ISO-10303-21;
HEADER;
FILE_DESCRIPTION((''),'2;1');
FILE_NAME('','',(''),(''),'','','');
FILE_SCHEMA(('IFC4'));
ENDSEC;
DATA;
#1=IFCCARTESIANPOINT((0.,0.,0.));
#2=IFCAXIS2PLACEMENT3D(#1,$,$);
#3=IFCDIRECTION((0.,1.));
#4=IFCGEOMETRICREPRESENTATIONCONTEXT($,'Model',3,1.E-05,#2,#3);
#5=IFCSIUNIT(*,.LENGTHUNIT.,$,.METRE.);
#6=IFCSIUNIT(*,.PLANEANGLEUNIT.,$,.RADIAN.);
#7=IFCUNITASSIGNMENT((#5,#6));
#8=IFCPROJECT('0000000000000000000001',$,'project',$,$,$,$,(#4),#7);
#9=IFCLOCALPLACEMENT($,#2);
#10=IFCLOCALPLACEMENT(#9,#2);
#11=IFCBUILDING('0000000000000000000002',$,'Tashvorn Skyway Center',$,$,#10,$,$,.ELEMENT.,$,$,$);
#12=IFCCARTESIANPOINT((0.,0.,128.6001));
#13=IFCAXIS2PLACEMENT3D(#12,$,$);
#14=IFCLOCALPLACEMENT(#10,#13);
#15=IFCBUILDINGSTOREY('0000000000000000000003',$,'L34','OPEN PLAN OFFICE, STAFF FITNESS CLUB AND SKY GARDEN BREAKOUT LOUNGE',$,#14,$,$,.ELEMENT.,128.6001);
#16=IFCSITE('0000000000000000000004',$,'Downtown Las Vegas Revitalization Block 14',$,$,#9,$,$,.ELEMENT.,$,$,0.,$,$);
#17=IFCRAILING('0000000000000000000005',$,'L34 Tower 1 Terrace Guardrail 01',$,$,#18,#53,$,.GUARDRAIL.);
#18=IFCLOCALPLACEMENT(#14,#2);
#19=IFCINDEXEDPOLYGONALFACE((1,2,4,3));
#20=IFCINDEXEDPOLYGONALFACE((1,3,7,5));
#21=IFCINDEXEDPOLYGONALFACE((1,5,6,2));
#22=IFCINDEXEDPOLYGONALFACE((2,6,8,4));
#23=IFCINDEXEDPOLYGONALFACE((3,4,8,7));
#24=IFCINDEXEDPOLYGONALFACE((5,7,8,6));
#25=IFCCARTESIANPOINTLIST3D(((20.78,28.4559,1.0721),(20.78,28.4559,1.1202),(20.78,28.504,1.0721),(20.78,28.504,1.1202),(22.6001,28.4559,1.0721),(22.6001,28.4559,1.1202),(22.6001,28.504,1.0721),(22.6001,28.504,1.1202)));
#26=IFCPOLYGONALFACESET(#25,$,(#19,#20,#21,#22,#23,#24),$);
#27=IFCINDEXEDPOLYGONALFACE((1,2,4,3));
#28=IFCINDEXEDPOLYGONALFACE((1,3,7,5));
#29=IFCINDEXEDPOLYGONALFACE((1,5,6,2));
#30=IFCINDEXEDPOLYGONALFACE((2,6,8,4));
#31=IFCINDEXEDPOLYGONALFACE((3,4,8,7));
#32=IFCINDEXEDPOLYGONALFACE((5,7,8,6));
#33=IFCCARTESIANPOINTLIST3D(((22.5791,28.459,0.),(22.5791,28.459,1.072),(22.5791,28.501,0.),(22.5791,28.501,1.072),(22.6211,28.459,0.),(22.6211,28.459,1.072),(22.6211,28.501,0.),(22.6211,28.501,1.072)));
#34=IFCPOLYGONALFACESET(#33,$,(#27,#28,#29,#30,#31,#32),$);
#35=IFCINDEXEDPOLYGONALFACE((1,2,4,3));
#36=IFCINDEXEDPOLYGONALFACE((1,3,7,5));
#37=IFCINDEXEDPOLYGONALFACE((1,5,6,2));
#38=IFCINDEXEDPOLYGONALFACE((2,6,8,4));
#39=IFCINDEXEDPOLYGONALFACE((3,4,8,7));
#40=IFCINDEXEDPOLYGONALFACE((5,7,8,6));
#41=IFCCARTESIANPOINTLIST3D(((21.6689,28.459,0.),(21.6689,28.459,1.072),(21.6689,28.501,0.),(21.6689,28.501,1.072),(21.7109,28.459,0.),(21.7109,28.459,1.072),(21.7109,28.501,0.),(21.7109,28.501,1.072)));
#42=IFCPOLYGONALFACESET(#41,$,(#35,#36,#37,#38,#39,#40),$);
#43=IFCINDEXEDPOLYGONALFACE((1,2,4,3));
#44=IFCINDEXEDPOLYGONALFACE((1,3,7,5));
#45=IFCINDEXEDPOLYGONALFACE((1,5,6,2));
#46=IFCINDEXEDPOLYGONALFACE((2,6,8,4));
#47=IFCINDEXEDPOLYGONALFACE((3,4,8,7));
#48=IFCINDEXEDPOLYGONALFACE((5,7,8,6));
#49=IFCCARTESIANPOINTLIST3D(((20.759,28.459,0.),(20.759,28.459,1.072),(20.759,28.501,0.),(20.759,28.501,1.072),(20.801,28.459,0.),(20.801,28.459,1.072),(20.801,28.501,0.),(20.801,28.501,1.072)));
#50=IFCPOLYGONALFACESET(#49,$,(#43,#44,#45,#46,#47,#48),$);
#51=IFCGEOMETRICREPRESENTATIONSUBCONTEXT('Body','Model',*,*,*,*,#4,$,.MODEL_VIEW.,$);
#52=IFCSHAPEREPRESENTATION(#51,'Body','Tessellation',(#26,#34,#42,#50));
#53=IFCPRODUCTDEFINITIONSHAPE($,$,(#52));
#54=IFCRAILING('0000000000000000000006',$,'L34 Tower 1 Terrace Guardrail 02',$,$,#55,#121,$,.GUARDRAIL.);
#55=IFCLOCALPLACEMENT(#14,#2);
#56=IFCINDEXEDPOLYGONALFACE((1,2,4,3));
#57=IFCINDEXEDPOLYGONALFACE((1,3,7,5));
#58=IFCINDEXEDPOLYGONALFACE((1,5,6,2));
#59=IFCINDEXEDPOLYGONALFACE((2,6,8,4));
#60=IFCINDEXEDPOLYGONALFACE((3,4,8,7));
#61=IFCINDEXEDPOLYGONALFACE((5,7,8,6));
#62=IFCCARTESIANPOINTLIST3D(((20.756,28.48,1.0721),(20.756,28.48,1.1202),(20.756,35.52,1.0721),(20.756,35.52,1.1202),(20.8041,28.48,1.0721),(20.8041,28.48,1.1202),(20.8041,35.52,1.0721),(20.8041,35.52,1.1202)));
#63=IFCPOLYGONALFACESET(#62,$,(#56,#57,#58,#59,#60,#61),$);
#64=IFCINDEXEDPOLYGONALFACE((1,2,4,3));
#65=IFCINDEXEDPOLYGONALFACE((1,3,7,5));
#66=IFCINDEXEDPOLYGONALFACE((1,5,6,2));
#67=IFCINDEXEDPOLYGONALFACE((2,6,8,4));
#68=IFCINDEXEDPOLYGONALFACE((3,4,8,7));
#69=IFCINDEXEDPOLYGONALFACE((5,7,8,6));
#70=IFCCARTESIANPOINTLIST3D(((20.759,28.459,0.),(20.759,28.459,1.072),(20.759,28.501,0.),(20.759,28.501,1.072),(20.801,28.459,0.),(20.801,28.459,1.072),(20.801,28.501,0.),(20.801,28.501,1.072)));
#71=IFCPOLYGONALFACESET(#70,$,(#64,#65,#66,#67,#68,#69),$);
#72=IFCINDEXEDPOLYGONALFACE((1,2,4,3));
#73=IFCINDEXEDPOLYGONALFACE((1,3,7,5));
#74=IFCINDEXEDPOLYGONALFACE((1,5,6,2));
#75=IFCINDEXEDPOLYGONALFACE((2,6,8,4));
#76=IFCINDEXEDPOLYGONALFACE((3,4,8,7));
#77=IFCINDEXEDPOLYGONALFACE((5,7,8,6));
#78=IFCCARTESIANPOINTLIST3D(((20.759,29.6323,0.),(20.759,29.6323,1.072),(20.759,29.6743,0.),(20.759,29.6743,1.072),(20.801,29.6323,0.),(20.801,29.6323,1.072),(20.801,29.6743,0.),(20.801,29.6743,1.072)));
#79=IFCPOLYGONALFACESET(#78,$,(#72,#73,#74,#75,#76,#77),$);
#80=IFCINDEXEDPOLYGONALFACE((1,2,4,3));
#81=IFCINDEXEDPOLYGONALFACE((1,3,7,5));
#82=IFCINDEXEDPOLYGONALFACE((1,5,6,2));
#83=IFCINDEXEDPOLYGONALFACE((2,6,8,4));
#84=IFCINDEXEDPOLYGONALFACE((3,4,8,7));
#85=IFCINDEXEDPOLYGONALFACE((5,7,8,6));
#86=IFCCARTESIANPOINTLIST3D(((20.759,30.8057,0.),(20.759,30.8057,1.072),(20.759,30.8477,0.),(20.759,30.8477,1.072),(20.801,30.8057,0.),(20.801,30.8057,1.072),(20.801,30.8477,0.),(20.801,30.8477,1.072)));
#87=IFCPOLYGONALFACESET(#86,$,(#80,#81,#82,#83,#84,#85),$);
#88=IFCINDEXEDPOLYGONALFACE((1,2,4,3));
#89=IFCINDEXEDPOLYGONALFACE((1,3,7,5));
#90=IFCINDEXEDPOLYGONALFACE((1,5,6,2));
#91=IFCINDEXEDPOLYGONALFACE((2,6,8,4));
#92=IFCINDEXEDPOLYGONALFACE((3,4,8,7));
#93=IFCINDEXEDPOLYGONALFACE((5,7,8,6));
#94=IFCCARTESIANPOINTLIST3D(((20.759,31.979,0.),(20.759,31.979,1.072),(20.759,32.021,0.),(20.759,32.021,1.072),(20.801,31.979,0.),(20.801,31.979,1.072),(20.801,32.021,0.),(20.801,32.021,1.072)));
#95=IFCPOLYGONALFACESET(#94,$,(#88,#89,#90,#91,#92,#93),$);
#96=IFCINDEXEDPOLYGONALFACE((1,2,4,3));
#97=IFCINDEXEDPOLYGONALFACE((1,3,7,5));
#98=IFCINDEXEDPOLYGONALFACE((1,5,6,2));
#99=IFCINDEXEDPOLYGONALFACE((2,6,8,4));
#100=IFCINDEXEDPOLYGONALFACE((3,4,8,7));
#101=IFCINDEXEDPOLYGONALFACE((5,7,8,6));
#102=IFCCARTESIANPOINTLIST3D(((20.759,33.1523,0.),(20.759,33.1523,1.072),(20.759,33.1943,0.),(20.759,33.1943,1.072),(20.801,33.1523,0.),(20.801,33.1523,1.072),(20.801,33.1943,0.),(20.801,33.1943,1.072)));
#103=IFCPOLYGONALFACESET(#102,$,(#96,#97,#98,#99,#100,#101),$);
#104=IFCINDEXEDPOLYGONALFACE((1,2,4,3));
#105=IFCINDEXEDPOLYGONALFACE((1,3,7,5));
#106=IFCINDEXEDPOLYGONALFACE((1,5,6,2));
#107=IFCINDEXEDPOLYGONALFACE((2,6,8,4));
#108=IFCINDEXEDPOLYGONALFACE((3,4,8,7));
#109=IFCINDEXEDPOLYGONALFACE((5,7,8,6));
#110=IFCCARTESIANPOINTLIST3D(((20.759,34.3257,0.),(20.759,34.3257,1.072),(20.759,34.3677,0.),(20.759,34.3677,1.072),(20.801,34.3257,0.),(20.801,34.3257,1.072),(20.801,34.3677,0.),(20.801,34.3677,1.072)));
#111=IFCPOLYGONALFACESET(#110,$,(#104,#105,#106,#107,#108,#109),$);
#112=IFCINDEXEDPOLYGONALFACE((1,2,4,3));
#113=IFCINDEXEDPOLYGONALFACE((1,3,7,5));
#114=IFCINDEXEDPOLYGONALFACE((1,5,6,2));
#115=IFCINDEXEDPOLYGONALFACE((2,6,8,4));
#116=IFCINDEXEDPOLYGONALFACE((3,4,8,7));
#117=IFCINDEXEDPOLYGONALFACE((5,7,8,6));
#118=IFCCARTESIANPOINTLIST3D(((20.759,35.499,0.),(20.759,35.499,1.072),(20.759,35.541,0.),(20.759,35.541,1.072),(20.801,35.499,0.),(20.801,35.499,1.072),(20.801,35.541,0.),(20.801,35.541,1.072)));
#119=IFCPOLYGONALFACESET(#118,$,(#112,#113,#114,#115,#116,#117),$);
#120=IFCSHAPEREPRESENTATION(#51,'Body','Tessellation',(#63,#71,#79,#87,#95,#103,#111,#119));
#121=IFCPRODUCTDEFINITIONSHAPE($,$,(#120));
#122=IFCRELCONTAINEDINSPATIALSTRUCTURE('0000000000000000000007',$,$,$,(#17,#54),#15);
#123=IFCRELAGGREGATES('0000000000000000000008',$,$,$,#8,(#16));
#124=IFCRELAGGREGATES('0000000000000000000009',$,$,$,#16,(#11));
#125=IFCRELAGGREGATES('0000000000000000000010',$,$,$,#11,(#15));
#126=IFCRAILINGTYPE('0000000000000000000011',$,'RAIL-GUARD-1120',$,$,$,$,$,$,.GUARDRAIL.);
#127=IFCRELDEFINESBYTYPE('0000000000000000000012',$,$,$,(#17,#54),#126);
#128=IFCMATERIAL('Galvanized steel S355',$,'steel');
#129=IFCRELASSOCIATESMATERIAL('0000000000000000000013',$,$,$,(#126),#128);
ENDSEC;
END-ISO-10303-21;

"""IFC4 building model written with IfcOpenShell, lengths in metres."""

from ifc_helpers import new_model, si_unit, direction, frame, origin, origin_2d, place, context, subcontext, project, spatial, rectangle, extrude, material, type_object, element, save


model = new_model("IFC4")

# Units and contexts
model_context = context("Model", 3, precision=1e-05, world=origin(), true_north=direction((0.0, 1.0)))
body_context = subcontext(model_context, "Body", "Model", "MODEL_VIEW")
ifc_project = project(units=[si_unit("LENGTHUNIT", "METRE"), si_unit("PLANEANGLEUNIT", "RADIAN")], contexts=[model_context])

# Site, building, storey
site_placement = place(None, origin())
site = spatial("IfcSite", under=ifc_project, at=site_placement, Name="Downtown Las Vegas Revitalization Block 14", CompositionType="ELEMENT", RefElevation=0.0)
building_placement = place(site_placement, origin())
building = spatial("IfcBuilding", under=site, at=building_placement, Name="Tashvorn Skyway Center", CompositionType="ELEMENT")
storey_placement = place(building_placement, frame((0.0, 0.0, 128.6001)))
storey = spatial("IfcBuildingStorey", under=building, at=storey_placement, Name="L34", Description="OPEN PLAN OFFICE, STAFF FITNESS CLUB AND SKY GARDEN BREAKOUT LOUNGE", CompositionType="ELEMENT", Elevation=128.6001)

# Railings
ifc_material_1 = material(Name="Galvanized steel S355", Category="steel")
railing_type = type_object("IfcRailingType", Name="RAIL-GUARD-1120", PredefinedType="GUARDRAIL", material=ifc_material_1)
railing_1_placement = place(storey_placement, frame((22.6001, 28.48, 0.0)))
element("IfcRailing", 1, at=railing_1_placement, inside=storey, type_object=railing_type, Name="L34 Tower 1 Terrace Guardrail 01", PredefinedType="GUARDRAIL", context=body_context, shape_type="SweptSolid", body=[
    extrude(rectangle(XDim=0.0481, YDim=0.0481, at=origin_2d()), frame((0.0, 0.0, 1.0962), z_axis=(-1.0, 0.0, 0.0), x_axis=(0.0, -1.0, 0.0)), (0.0, 0.0, 1.0), 1.8201),
    extrude(rectangle(XDim=0.042, YDim=0.042, at=origin_2d()), origin(), (0.0, 0.0, 1.0), 1.072),
    extrude(rectangle(XDim=0.042, YDim=0.042, at=origin_2d()), frame((-0.9102, 0.0, 0.0)), (0.0, 0.0, 1.0), 1.072),
    extrude(rectangle(XDim=0.042, YDim=0.042, at=origin_2d()), frame((-1.8201, 0.0, 0.0)), (0.0, 0.0, 1.0), 1.072),
])
railing_2_placement = place(storey_placement, frame((20.78, 28.48, 0.0)))
element("IfcRailing", 2, at=railing_2_placement, inside=storey, type_object=railing_type, Name="L34 Tower 1 Terrace Guardrail 02", PredefinedType="GUARDRAIL", context=body_context, shape_type="SweptSolid", body=[
    extrude(rectangle(XDim=0.0481, YDim=0.0481, at=origin_2d()), frame((0.0, 0.0, 1.0962), z_axis=(0.0, 1.0, 0.0), x_axis=(-1.0, 0.0, 0.0)), (0.0, 0.0, 1.0), 7.04),
    extrude(rectangle(XDim=0.042, YDim=0.042, at=origin_2d()), origin(), (0.0, 0.0, 1.0), 1.072),
    extrude(rectangle(XDim=0.042, YDim=0.042, at=origin_2d()), frame((0.0, 1.1733, 0.0)), (0.0, 0.0, 1.0), 1.072),
    extrude(rectangle(XDim=0.042, YDim=0.042, at=origin_2d()), frame((0.0, 2.3467, 0.0)), (0.0, 0.0, 1.0), 1.072),
    extrude(rectangle(XDim=0.042, YDim=0.042, at=origin_2d()), frame((0.0, 3.52, 0.0)), (0.0, 0.0, 1.0), 1.072),
    extrude(rectangle(XDim=0.042, YDim=0.042, at=origin_2d()), frame((0.0, 4.6934, 0.0)), (0.0, 0.0, 1.0), 1.072),
    extrude(rectangle(XDim=0.042, YDim=0.042, at=origin_2d()), frame((0.0, 5.8667, 0.0)), (0.0, 0.0, 1.0), 1.072),
    extrude(rectangle(XDim=0.042, YDim=0.042, at=origin_2d()), frame((0.0, 7.04, 0.0)), (0.0, 0.0, 1.0), 1.072),
])

save(model, "model.ifc")
